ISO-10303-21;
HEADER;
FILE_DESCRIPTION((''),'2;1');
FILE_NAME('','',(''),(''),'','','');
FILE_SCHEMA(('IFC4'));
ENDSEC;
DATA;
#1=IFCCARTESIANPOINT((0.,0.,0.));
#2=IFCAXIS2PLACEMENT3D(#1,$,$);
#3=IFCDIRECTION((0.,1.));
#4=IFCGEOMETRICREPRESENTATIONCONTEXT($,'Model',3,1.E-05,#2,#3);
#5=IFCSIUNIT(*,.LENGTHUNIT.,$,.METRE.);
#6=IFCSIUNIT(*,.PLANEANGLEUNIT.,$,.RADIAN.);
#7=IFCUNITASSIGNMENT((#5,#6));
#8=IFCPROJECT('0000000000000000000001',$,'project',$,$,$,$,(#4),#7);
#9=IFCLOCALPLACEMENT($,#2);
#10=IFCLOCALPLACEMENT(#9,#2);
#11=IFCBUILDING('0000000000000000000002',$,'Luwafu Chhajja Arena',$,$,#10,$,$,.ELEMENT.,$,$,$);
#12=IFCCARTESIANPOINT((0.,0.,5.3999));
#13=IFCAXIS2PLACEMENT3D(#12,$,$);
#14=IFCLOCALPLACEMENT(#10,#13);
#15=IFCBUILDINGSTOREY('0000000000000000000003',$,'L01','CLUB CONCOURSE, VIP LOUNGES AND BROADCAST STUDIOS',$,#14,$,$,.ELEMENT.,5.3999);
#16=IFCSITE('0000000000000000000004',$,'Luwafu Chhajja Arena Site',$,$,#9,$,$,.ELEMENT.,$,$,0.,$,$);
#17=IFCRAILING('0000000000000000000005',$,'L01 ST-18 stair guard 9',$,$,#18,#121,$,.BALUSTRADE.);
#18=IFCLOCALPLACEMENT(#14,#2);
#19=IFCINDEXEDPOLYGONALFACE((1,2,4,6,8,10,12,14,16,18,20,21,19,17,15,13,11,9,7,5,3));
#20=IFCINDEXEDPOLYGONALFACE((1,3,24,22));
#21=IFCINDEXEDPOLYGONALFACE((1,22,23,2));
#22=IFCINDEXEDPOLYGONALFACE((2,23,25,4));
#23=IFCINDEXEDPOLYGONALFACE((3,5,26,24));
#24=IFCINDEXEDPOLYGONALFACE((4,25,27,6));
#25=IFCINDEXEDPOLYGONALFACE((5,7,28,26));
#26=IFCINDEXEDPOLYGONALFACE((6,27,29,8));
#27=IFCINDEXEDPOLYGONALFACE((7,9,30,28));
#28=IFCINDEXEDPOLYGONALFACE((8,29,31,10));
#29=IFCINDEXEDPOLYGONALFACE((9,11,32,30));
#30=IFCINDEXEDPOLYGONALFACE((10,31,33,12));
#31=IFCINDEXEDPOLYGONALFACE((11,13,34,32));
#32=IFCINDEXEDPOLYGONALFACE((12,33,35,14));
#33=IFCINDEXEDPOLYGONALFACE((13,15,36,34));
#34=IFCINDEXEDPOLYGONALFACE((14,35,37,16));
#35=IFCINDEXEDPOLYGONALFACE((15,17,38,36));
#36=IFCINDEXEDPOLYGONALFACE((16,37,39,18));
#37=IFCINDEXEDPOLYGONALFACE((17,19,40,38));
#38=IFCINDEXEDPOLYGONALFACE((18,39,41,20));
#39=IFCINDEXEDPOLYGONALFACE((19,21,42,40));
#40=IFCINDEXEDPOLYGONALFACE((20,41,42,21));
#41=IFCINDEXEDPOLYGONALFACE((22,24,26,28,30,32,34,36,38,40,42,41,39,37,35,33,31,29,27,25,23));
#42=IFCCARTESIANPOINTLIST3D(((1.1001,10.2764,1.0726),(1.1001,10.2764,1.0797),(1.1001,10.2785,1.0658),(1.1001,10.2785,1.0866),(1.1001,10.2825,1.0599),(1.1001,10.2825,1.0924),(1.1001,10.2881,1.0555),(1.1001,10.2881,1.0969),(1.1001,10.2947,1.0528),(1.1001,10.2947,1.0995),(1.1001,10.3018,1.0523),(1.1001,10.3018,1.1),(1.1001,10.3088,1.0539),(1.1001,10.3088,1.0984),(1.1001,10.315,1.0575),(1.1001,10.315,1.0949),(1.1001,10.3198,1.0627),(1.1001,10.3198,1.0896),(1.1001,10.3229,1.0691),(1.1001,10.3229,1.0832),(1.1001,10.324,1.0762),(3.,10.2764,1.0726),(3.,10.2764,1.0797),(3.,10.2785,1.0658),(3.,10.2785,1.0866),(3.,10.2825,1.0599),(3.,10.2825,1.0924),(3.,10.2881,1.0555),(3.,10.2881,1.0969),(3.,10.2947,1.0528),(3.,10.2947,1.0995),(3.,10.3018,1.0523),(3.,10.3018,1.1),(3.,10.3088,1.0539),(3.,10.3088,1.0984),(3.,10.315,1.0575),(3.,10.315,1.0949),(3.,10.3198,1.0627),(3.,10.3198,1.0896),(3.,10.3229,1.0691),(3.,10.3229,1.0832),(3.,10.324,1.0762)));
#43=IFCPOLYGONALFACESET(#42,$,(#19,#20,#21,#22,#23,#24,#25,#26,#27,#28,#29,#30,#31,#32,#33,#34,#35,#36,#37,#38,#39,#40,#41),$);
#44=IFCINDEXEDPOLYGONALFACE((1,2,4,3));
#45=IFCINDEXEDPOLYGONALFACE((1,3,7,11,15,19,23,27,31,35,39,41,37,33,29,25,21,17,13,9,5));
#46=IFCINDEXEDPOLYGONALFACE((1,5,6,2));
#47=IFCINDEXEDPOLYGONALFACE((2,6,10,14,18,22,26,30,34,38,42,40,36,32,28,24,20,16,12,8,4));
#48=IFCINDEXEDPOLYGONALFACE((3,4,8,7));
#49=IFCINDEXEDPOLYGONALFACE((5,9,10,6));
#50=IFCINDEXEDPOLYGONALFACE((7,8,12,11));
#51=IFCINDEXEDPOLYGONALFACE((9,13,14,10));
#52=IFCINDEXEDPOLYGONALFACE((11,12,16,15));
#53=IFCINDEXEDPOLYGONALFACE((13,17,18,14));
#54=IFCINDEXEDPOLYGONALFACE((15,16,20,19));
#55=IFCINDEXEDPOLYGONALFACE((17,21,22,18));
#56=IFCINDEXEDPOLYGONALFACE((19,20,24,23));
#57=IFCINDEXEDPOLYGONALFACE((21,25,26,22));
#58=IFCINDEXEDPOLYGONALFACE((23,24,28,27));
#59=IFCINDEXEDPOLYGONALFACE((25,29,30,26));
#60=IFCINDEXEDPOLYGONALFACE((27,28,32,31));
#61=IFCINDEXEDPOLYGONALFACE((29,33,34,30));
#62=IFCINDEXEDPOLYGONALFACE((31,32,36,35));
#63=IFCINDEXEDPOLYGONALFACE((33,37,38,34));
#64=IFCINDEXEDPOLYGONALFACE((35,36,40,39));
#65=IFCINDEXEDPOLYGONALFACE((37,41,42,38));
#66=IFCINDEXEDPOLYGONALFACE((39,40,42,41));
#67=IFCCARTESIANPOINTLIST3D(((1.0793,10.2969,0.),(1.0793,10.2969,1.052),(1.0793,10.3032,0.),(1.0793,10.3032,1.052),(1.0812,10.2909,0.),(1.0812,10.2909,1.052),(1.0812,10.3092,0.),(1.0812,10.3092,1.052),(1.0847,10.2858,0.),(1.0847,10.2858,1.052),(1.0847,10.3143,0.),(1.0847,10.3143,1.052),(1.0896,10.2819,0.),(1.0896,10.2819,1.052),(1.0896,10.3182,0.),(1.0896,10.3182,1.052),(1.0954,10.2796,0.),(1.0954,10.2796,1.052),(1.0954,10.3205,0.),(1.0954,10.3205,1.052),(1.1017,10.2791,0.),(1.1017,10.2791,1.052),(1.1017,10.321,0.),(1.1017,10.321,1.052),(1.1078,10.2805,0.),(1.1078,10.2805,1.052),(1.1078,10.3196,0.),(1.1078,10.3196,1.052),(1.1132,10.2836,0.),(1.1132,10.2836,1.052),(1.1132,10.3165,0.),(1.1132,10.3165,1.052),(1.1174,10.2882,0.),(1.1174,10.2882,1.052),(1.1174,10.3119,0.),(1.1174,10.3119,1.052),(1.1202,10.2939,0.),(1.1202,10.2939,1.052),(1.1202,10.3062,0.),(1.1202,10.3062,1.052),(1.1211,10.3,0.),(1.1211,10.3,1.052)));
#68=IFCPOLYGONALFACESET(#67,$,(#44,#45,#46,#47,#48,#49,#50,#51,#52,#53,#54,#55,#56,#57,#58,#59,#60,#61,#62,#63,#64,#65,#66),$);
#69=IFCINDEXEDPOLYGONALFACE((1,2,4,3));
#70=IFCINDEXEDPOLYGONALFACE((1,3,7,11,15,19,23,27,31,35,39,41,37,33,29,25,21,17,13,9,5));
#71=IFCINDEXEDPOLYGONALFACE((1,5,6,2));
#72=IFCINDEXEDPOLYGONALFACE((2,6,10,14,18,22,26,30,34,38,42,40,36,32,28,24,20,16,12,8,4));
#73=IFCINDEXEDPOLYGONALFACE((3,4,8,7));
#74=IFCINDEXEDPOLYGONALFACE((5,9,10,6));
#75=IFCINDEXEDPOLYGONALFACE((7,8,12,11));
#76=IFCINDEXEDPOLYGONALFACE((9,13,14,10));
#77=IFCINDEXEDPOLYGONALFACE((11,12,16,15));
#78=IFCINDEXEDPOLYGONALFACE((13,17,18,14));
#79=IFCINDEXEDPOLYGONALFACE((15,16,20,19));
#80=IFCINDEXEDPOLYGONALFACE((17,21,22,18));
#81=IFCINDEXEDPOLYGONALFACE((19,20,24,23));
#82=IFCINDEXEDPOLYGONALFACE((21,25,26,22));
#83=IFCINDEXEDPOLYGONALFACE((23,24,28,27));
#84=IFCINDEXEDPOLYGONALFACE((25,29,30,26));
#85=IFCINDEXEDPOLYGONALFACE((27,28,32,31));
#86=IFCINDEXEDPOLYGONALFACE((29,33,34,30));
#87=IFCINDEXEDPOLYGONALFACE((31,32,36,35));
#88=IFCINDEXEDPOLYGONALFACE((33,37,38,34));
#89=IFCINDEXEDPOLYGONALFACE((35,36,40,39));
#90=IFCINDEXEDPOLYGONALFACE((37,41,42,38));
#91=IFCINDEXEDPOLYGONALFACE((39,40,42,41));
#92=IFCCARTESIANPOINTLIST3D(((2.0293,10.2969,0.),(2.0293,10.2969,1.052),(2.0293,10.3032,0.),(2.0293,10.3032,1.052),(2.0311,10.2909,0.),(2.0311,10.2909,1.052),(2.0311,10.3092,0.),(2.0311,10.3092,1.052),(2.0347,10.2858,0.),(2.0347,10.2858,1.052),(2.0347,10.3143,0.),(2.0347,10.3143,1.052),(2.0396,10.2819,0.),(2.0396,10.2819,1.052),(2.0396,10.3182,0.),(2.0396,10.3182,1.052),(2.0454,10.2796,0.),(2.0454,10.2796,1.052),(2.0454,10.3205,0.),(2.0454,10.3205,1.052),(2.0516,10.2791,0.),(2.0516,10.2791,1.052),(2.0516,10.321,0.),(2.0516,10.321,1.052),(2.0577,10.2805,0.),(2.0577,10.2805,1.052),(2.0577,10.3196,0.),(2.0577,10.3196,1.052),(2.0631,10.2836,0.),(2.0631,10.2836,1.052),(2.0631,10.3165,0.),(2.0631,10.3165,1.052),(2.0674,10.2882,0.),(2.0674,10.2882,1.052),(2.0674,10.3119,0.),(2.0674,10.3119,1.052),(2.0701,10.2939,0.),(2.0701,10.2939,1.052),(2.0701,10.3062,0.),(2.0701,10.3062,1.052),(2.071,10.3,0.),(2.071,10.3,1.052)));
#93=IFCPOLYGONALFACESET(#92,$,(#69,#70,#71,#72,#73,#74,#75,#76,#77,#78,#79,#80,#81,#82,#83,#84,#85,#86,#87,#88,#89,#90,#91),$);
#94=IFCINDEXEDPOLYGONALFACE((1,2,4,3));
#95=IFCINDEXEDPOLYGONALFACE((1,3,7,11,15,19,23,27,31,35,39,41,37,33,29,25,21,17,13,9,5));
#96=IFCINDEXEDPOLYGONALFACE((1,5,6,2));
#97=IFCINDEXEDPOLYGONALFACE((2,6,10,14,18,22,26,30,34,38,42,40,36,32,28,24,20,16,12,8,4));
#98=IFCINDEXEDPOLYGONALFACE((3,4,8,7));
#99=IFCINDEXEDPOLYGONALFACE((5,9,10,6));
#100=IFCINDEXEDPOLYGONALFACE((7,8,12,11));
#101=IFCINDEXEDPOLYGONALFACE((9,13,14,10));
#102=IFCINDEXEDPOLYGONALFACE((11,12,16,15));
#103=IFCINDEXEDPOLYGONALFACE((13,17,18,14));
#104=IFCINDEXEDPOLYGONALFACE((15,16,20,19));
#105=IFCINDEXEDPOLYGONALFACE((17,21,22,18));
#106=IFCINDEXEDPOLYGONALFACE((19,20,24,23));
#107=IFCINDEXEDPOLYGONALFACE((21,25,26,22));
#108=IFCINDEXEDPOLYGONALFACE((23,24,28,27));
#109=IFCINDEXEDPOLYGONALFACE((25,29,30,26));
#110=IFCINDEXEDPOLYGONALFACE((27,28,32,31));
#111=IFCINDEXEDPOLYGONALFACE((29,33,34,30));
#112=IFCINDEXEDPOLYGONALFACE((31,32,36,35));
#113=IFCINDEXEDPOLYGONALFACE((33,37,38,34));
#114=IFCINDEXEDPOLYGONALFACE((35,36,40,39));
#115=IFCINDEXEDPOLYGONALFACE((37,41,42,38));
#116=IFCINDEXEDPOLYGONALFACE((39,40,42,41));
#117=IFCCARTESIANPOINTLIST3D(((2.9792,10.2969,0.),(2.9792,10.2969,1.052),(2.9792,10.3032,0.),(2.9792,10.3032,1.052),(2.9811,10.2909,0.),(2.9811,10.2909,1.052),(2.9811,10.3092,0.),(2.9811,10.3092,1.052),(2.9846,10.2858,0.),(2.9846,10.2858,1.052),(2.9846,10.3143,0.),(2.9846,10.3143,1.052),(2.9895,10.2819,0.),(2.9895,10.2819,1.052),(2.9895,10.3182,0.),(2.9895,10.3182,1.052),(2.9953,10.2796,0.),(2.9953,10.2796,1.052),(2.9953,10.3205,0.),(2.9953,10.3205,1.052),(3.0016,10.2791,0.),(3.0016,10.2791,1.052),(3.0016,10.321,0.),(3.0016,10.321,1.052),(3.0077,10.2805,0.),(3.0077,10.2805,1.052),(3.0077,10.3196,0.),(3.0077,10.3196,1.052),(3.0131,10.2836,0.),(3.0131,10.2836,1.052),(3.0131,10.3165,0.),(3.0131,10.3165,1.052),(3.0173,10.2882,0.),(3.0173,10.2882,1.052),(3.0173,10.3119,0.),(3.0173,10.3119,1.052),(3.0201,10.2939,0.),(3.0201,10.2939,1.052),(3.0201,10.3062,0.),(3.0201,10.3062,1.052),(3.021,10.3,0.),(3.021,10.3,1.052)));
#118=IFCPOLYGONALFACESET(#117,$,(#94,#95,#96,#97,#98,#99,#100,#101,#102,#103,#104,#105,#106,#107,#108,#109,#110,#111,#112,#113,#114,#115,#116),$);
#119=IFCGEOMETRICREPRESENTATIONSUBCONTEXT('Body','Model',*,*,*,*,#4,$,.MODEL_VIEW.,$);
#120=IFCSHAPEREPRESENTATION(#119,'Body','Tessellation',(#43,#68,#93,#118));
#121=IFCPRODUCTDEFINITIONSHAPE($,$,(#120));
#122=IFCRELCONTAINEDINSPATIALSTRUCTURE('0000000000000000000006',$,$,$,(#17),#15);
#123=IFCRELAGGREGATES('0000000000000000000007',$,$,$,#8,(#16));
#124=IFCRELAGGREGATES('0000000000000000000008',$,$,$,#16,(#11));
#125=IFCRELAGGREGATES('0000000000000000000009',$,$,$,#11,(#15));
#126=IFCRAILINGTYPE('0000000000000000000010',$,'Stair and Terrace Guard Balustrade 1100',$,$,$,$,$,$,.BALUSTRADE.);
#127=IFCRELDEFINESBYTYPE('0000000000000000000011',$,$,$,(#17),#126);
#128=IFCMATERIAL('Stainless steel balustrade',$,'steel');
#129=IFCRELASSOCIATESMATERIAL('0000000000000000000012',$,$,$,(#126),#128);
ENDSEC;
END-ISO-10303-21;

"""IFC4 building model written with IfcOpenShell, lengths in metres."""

from ifc_helpers import new_model, si_unit, direction, frame, origin, origin_2d, place, context, subcontext, project, spatial, circle, extrude, material, type_object, element, save


model = new_model("IFC4")

# Units and contexts
model_context = context("Model", 3, precision=1e-05, world=origin(), true_north=direction((0.0, 1.0)))
body_context = subcontext(model_context, "Body", "Model", "MODEL_VIEW")
ifc_project = project(units=[si_unit("LENGTHUNIT", "METRE"), si_unit("PLANEANGLEUNIT", "RADIAN")], contexts=[model_context])

# Site, building, storey
site_placement = place(None, origin())
site = spatial("IfcSite", under=ifc_project, at=site_placement, Name="Luwafu Chhajja Arena Site", CompositionType="ELEMENT", RefElevation=0.0)
building_placement = place(site_placement, origin())
building = spatial("IfcBuilding", under=site, at=building_placement, Name="Luwafu Chhajja Arena", CompositionType="ELEMENT")
storey_placement = place(building_placement, frame((0.0, 0.0, 5.3999)))
storey = spatial("IfcBuildingStorey", under=building, at=storey_placement, Name="L01", Description="CLUB CONCOURSE, VIP LOUNGES AND BROADCAST STUDIOS", CompositionType="ELEMENT", Elevation=5.3999)

# Shared definitions
ifc_material_1 = material(Name="Stainless steel balustrade", Category="steel")

# Railing
railing_type_1 = type_object("IfcRailingType", Name="Stair and Terrace Guard Balustrade 1100", PredefinedType="BALUSTRADE", material=ifc_material_1)
for number, where, name in (
    (1, (1.1001, 10.3, 0.0), "L01 ST-18 stair guard 9"),
):
    element("IfcRailing", number, at=place(storey_placement, frame(where)), inside=storey, type_object=railing_type_1, Name=name, PredefinedType="BALUSTRADE", context=body_context, shape_type="SweptSolid", body=[
        extrude(circle(Radius=0.0239, at=origin_2d()), frame((0.0, 0.0, 1.0762), z_axis=(1.0, 0.0, 0.0), x_axis=(0.0, 1.0, 0.0)), (0.0, 0.0, 1.0), 1.8999),
        extrude(circle(Radius=0.021, at=origin_2d()), origin(), (0.0, 0.0, 1.0), 1.052),
        extrude(circle(Radius=0.021, at=origin_2d()), frame((0.95, 0.0, 0.0)), (0.0, 0.0, 1.0), 1.052),
        extrude(circle(Radius=0.021, at=origin_2d()), frame((1.8999, 0.0, 0.0)), (0.0, 0.0, 1.0), 1.052),
    ])

save(model, "model.ifc")
